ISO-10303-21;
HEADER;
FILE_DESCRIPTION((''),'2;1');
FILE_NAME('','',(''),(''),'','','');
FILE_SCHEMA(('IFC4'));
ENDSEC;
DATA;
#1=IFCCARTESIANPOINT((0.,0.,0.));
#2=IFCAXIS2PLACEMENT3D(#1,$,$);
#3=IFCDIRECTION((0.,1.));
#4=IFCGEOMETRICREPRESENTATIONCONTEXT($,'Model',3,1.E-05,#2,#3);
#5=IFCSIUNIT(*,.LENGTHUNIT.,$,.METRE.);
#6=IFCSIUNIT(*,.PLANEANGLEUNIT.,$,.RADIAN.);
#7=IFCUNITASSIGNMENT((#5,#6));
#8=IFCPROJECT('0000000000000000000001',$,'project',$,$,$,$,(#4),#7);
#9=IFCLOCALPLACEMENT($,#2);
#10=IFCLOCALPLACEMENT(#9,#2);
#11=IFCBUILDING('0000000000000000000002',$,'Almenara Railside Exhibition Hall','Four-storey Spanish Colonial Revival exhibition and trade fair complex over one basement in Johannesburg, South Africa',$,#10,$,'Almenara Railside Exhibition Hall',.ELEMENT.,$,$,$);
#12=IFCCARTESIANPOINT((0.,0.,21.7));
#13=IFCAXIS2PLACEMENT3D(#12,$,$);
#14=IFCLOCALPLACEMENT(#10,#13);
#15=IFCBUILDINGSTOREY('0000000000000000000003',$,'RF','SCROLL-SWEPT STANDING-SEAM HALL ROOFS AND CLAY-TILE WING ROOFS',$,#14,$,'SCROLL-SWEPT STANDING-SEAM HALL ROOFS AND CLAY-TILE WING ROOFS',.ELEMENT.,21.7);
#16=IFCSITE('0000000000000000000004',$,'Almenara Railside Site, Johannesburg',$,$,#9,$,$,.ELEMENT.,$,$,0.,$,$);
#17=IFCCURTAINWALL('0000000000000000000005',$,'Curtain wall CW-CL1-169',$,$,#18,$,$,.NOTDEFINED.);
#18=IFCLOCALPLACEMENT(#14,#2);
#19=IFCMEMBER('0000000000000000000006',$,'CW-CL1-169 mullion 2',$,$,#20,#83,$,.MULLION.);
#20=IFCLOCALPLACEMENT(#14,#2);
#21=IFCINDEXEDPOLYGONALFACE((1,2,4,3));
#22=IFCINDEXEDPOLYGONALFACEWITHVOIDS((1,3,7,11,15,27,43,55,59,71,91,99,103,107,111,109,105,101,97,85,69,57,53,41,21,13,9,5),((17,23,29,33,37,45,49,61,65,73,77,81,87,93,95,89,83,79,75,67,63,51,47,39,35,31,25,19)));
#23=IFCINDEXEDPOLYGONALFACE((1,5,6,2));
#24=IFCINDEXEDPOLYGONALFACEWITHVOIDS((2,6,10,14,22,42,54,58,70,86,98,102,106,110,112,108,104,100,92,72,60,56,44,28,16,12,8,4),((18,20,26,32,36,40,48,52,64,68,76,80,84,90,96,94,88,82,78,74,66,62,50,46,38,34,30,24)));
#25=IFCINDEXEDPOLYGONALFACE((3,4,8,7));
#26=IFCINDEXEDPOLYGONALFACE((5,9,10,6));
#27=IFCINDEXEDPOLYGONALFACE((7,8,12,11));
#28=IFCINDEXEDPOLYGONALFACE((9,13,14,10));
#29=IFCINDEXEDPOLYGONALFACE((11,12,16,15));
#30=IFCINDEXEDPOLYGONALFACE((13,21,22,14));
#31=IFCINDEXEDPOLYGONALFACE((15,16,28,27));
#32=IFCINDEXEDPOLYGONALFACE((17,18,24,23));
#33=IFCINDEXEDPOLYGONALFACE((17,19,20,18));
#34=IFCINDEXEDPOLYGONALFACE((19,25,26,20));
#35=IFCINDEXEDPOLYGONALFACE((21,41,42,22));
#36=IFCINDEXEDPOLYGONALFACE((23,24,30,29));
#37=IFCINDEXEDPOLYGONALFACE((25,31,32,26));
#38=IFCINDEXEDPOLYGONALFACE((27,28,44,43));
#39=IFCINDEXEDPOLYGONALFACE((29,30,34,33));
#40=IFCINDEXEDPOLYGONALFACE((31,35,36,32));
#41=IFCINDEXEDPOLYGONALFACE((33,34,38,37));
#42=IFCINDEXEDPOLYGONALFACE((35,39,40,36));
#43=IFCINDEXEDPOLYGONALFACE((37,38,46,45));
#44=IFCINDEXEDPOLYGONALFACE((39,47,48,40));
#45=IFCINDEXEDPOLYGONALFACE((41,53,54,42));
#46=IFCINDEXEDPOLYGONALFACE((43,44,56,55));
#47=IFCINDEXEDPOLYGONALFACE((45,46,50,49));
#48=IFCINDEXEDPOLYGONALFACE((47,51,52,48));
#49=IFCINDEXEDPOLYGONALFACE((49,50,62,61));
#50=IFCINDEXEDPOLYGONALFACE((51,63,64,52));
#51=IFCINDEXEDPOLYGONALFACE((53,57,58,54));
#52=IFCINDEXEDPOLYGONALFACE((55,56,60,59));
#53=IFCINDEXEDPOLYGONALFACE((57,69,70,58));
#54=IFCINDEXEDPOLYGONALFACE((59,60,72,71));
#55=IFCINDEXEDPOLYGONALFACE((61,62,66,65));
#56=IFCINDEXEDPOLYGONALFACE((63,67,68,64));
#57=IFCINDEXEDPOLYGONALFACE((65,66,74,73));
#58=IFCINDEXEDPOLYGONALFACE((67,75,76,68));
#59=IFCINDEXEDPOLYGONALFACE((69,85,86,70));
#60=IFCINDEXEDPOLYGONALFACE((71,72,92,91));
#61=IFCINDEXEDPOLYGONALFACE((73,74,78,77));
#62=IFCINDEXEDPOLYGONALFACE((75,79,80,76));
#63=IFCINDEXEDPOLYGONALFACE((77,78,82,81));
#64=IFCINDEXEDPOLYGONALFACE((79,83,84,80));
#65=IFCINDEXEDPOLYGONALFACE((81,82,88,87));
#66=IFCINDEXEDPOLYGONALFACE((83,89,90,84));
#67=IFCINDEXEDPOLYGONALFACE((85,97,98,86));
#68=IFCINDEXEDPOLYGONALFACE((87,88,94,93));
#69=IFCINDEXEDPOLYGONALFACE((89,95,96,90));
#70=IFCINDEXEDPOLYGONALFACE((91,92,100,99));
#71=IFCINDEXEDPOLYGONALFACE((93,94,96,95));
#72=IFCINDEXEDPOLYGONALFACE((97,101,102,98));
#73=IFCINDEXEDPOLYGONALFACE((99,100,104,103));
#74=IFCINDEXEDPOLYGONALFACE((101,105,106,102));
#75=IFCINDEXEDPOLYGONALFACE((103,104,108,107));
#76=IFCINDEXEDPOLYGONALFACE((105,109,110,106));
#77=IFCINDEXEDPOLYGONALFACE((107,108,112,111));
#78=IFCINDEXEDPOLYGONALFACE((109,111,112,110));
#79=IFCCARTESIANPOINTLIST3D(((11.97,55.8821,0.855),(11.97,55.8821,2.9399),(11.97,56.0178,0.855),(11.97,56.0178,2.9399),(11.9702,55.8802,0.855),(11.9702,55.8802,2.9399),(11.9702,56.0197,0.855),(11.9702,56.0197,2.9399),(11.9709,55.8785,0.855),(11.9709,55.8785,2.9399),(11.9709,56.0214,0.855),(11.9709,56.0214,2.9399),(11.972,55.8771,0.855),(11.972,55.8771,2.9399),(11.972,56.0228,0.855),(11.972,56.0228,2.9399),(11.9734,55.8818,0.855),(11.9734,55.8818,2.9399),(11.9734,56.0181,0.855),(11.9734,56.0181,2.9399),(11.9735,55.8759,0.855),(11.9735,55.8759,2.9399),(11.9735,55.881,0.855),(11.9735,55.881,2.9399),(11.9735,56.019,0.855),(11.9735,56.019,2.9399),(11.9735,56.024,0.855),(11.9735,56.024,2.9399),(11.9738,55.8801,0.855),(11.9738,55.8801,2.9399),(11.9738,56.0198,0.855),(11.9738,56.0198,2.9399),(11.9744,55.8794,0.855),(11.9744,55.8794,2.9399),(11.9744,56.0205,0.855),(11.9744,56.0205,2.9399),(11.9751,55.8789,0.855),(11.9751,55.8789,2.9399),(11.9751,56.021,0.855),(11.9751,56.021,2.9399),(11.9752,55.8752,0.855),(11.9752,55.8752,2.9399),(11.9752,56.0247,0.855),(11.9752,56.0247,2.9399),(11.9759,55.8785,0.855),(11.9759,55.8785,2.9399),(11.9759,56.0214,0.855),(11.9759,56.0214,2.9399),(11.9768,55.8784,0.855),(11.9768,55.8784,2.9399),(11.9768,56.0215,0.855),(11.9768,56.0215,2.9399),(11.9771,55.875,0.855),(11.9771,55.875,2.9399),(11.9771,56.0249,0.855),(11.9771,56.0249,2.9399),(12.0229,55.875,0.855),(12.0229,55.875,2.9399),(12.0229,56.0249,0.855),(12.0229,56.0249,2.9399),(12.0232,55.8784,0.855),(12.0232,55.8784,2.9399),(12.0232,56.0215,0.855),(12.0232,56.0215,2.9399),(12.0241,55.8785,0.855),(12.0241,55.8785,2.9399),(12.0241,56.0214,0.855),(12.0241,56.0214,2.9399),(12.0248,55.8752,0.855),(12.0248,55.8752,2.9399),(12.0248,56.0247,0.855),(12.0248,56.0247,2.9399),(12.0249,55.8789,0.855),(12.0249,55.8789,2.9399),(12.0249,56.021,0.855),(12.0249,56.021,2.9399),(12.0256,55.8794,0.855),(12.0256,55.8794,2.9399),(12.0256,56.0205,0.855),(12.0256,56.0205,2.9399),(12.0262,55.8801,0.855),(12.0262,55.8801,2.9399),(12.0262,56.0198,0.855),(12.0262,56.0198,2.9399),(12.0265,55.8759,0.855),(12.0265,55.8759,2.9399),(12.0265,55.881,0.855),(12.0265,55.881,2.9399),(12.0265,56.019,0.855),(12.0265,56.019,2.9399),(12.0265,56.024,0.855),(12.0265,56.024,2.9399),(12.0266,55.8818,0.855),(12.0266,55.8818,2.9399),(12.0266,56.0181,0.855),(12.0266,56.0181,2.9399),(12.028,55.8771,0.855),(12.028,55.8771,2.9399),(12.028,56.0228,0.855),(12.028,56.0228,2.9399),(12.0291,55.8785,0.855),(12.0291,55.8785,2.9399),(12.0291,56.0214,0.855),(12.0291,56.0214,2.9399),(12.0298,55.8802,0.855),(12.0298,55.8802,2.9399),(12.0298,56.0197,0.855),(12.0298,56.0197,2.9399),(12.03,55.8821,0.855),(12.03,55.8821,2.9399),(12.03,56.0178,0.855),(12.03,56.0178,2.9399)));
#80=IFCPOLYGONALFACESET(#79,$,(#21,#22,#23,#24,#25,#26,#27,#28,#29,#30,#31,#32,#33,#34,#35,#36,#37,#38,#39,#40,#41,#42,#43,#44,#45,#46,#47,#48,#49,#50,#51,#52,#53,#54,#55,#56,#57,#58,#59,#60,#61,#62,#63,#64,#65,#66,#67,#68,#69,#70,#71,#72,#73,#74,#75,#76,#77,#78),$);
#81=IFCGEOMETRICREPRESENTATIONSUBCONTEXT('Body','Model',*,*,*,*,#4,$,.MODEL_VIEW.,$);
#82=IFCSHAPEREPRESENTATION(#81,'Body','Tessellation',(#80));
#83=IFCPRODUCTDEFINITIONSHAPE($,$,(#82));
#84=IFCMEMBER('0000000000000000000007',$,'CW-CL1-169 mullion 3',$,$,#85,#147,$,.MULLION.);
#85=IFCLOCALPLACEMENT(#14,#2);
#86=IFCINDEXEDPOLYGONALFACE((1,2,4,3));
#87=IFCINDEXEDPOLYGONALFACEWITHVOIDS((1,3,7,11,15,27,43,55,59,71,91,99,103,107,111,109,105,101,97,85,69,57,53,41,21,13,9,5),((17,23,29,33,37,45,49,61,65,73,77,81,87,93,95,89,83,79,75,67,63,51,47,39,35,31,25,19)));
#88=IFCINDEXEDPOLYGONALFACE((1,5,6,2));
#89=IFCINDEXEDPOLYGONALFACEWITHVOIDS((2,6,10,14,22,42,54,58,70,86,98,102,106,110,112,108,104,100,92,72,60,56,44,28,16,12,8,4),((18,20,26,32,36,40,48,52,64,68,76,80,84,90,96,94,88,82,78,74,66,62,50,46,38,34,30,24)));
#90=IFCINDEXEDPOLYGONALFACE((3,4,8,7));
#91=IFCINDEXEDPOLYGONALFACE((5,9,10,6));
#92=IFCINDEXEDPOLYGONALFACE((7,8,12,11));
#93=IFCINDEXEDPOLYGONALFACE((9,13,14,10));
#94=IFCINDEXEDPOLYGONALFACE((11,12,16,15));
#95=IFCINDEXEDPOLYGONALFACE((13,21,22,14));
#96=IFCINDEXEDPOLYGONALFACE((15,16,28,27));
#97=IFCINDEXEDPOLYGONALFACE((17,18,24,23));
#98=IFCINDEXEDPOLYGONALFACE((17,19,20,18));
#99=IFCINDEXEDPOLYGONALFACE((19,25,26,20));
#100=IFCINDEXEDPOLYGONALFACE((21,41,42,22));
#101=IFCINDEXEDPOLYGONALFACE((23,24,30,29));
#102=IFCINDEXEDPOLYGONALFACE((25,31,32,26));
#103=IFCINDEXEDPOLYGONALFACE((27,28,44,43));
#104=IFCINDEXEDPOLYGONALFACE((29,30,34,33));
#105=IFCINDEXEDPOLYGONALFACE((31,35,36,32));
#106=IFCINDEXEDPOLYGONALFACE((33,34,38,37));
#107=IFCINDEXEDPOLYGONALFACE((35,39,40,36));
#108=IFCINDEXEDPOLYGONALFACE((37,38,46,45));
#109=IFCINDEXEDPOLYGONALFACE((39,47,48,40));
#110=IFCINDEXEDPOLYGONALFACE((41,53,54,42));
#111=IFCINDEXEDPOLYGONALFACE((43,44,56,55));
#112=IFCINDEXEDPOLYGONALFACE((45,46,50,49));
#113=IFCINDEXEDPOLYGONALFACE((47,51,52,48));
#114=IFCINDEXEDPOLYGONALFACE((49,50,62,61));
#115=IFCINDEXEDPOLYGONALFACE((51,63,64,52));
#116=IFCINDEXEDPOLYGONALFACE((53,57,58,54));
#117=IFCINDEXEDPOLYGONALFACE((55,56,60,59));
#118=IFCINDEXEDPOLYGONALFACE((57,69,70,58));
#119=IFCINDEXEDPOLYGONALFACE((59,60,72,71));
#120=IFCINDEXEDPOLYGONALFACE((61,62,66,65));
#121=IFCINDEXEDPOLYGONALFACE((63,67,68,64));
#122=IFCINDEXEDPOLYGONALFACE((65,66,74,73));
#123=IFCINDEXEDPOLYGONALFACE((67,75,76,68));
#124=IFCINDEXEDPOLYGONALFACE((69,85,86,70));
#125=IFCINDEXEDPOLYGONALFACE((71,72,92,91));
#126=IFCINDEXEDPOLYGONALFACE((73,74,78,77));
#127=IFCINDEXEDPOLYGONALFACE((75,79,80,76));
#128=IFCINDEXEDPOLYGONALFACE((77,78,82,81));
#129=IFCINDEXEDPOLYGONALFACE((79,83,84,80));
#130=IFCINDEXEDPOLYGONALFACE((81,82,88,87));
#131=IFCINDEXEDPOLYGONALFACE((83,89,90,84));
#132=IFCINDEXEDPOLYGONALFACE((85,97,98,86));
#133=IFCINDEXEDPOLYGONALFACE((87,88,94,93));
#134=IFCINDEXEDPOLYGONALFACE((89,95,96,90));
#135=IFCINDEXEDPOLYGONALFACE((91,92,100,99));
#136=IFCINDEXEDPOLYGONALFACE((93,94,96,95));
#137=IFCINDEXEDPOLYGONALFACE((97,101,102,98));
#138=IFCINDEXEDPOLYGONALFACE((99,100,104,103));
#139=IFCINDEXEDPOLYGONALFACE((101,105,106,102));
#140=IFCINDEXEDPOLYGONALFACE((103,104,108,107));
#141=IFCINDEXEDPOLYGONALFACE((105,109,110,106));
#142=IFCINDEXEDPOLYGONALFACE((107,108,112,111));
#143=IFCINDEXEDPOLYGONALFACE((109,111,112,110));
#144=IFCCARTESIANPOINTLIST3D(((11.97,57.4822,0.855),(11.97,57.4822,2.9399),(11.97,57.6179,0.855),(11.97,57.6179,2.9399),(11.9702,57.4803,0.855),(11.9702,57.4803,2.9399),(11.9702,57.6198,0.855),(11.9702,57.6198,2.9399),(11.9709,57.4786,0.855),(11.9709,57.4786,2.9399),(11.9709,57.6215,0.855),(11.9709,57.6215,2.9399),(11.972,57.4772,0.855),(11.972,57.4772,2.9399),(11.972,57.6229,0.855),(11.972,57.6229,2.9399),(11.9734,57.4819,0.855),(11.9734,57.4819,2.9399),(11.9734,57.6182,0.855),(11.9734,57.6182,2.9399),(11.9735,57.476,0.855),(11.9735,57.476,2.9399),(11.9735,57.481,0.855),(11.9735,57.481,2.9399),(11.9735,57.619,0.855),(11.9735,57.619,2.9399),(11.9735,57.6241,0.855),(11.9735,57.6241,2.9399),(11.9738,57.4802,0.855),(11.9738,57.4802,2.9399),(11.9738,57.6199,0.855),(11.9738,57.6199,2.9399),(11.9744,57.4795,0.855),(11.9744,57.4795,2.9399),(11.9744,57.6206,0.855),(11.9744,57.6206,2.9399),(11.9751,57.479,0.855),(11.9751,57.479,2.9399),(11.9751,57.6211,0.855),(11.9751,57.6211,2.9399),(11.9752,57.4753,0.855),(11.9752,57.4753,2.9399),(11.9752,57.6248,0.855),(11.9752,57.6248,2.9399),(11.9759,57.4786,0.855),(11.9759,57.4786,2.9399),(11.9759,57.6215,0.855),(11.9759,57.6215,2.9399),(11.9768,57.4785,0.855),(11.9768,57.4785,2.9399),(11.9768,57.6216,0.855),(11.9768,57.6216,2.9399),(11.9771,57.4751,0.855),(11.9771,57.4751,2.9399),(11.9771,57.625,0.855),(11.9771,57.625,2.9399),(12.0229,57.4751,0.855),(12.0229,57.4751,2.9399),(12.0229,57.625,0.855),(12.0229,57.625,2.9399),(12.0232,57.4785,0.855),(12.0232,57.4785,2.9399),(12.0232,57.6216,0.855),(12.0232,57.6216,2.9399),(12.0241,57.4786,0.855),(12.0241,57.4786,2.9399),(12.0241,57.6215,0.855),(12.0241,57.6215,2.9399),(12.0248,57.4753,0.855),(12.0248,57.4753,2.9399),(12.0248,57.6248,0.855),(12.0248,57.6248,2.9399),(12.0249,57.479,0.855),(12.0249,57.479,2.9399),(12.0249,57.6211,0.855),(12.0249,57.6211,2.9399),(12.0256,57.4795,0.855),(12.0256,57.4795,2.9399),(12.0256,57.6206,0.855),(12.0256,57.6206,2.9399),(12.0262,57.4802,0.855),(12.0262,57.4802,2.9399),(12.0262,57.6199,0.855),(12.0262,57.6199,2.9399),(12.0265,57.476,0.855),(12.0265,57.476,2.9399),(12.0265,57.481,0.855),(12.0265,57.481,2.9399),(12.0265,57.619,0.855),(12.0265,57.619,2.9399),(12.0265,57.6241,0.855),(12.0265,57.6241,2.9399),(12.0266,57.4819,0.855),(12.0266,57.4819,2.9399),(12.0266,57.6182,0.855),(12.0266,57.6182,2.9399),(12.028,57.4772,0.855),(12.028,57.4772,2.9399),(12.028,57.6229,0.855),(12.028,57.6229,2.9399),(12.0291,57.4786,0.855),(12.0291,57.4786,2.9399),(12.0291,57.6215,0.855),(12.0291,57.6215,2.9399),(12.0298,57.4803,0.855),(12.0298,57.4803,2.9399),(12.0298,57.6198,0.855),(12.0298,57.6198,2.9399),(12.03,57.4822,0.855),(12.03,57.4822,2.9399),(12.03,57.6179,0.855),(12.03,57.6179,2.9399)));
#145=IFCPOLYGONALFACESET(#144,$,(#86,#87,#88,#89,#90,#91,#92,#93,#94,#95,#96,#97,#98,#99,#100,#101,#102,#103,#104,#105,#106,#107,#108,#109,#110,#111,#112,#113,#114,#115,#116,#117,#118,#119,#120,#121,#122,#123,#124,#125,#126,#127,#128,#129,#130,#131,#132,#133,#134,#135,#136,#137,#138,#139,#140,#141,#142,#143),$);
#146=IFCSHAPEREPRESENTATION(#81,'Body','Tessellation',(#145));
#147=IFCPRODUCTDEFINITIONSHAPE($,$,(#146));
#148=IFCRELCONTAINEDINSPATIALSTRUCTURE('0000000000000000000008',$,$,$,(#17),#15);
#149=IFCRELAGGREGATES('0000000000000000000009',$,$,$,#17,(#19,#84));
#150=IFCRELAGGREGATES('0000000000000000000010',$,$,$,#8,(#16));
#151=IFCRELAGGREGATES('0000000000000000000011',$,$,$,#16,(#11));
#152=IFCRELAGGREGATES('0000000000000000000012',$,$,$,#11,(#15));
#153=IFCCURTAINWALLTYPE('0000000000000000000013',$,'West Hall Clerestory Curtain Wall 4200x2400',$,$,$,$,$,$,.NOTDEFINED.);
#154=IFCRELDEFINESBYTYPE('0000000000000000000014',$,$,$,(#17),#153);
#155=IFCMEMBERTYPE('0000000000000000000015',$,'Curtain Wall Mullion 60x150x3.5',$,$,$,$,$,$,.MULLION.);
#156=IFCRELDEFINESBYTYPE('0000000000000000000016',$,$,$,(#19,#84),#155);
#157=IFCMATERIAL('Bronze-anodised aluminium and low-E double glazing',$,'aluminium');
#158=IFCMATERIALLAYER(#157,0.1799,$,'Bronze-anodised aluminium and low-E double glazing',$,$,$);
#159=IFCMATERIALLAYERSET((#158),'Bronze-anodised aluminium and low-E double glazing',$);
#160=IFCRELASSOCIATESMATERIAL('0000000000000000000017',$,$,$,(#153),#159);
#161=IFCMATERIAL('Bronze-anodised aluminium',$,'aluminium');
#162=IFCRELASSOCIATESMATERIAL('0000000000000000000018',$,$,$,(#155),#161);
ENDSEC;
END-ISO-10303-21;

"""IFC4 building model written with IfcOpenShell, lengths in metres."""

from ifc_helpers import new_model, si_unit, direction, frame, origin, origin_2d, place, context, subcontext, project, spatial, hollow_rectangle, extrude, material, layer, layer_set, material_profile, profile_set, type_object, element, aggregate, save


model = new_model("IFC4")

# Units and contexts
model_context = context("Model", 3, precision=1e-05, world=origin(), true_north=direction((0.0, 1.0)))
body_context = subcontext(model_context, "Body", "Model", "MODEL_VIEW")
ifc_project = project(units=[si_unit("LENGTHUNIT", "METRE"), si_unit("PLANEANGLEUNIT", "RADIAN")], contexts=[model_context])

# Site, building, storey
site_placement = place(None, origin())
site = spatial("IfcSite", under=ifc_project, at=site_placement, Name="Almenara Railside Site, Johannesburg", CompositionType="ELEMENT", RefElevation=0.0)
building_placement = place(site_placement, origin())
building = spatial("IfcBuilding", under=site, at=building_placement, Name="Almenara Railside Exhibition Hall", Description="Four-storey Spanish Colonial Revival exhibition and trade fair complex over one basement in Johannesburg, South Africa", LongName="Almenara Railside Exhibition Hall", CompositionType="ELEMENT")
storey_placement = place(building_placement, frame((0.0, 0.0, 21.7)))
storey = spatial("IfcBuildingStorey", under=building, at=storey_placement, Name="RF", Description="SCROLL-SWEPT STANDING-SEAM HALL ROOFS AND CLAY-TILE WING ROOFS", LongName="SCROLL-SWEPT STANDING-SEAM HALL ROOFS AND CLAY-TILE WING ROOFS", CompositionType="ELEMENT", Elevation=21.7)

# Curtain wall, members
ifc_material_1 = material(Name="Bronze-anodised aluminium and low-E double glazing", Category="aluminium")
ifc_layer_1 = layer(ifc_material_1, 0.1799, Name="Bronze-anodised aluminium and low-E double glazing")
ifc_layer_set_1 = layer_set([ifc_layer_1], Name="Bronze-anodised aluminium and low-E double glazing")
curtain_wall_type = type_object("IfcCurtainWallType", Name="West Hall Clerestory Curtain Wall 4200x2400", PredefinedType="NOTDEFINED", material=ifc_layer_set_1)
curtain_wall_1_placement = place(storey_placement, origin())
curtain_wall_1 = element("IfcCurtainWall", 1, at=curtain_wall_1_placement, inside=storey, type_object=curtain_wall_type, Name="Curtain wall CW-CL1-169", PredefinedType="NOTDEFINED")
ifc_material_2 = material(Name="Bronze-anodised aluminium", Category="aluminium")
ifc_material_profile_1 = material_profile(ifc_material_2, hollow_rectangle(XDim=0.0601, YDim=0.1499, WallThickness=0.0034, InnerFilletRadius=0.0034, OuterFilletRadius=0.0071, at=origin_2d()), Name="ALU-MUL 60x150x3.5")
ifc_profile_set_1 = profile_set([ifc_material_profile_1], Name="Bronze-anodised aluminium")
member_type_1 = type_object("IfcMemberType", Name="Curtain Wall Mullion 60x150x3.5", PredefinedType="MULLION", material=ifc_profile_set_1)
member_1_placement = place(storey_placement, frame((12.0, 55.95, 0.855), z_axis=(0.0, 0.0, 1.0), x_axis=(-1.0, 0.0, 0.0)))
member_1 = element("IfcMember", 2, at=member_1_placement, type_object=member_type_1, Name="CW-CL1-169 mullion 2", PredefinedType="MULLION", context=body_context, shape_type="SweptSolid", body=[
    extrude(hollow_rectangle(XDim=0.0601, YDim=0.1499, WallThickness=0.0034, InnerFilletRadius=0.0034, OuterFilletRadius=0.0071, at=origin_2d()), origin(), (0.0, 0.0, 1.0), 2.085),
])
member_2_placement = place(storey_placement, frame((12.0, 57.55, 0.855), z_axis=(0.0, 0.0, 1.0), x_axis=(-1.0, 0.0, 0.0)))
member_2 = element("IfcMember", 3, at=member_2_placement, type_object=member_type_1, Name="CW-CL1-169 mullion 3", PredefinedType="MULLION", context=body_context, shape_type="SweptSolid", body=[
    extrude(hollow_rectangle(XDim=0.0601, YDim=0.1499, WallThickness=0.0034, InnerFilletRadius=0.0034, OuterFilletRadius=0.0071, at=origin_2d()), origin(), (0.0, 0.0, 1.0), 2.085),
])

aggregate(curtain_wall_1, [member_1, member_2])

save(model, "model.ifc")
